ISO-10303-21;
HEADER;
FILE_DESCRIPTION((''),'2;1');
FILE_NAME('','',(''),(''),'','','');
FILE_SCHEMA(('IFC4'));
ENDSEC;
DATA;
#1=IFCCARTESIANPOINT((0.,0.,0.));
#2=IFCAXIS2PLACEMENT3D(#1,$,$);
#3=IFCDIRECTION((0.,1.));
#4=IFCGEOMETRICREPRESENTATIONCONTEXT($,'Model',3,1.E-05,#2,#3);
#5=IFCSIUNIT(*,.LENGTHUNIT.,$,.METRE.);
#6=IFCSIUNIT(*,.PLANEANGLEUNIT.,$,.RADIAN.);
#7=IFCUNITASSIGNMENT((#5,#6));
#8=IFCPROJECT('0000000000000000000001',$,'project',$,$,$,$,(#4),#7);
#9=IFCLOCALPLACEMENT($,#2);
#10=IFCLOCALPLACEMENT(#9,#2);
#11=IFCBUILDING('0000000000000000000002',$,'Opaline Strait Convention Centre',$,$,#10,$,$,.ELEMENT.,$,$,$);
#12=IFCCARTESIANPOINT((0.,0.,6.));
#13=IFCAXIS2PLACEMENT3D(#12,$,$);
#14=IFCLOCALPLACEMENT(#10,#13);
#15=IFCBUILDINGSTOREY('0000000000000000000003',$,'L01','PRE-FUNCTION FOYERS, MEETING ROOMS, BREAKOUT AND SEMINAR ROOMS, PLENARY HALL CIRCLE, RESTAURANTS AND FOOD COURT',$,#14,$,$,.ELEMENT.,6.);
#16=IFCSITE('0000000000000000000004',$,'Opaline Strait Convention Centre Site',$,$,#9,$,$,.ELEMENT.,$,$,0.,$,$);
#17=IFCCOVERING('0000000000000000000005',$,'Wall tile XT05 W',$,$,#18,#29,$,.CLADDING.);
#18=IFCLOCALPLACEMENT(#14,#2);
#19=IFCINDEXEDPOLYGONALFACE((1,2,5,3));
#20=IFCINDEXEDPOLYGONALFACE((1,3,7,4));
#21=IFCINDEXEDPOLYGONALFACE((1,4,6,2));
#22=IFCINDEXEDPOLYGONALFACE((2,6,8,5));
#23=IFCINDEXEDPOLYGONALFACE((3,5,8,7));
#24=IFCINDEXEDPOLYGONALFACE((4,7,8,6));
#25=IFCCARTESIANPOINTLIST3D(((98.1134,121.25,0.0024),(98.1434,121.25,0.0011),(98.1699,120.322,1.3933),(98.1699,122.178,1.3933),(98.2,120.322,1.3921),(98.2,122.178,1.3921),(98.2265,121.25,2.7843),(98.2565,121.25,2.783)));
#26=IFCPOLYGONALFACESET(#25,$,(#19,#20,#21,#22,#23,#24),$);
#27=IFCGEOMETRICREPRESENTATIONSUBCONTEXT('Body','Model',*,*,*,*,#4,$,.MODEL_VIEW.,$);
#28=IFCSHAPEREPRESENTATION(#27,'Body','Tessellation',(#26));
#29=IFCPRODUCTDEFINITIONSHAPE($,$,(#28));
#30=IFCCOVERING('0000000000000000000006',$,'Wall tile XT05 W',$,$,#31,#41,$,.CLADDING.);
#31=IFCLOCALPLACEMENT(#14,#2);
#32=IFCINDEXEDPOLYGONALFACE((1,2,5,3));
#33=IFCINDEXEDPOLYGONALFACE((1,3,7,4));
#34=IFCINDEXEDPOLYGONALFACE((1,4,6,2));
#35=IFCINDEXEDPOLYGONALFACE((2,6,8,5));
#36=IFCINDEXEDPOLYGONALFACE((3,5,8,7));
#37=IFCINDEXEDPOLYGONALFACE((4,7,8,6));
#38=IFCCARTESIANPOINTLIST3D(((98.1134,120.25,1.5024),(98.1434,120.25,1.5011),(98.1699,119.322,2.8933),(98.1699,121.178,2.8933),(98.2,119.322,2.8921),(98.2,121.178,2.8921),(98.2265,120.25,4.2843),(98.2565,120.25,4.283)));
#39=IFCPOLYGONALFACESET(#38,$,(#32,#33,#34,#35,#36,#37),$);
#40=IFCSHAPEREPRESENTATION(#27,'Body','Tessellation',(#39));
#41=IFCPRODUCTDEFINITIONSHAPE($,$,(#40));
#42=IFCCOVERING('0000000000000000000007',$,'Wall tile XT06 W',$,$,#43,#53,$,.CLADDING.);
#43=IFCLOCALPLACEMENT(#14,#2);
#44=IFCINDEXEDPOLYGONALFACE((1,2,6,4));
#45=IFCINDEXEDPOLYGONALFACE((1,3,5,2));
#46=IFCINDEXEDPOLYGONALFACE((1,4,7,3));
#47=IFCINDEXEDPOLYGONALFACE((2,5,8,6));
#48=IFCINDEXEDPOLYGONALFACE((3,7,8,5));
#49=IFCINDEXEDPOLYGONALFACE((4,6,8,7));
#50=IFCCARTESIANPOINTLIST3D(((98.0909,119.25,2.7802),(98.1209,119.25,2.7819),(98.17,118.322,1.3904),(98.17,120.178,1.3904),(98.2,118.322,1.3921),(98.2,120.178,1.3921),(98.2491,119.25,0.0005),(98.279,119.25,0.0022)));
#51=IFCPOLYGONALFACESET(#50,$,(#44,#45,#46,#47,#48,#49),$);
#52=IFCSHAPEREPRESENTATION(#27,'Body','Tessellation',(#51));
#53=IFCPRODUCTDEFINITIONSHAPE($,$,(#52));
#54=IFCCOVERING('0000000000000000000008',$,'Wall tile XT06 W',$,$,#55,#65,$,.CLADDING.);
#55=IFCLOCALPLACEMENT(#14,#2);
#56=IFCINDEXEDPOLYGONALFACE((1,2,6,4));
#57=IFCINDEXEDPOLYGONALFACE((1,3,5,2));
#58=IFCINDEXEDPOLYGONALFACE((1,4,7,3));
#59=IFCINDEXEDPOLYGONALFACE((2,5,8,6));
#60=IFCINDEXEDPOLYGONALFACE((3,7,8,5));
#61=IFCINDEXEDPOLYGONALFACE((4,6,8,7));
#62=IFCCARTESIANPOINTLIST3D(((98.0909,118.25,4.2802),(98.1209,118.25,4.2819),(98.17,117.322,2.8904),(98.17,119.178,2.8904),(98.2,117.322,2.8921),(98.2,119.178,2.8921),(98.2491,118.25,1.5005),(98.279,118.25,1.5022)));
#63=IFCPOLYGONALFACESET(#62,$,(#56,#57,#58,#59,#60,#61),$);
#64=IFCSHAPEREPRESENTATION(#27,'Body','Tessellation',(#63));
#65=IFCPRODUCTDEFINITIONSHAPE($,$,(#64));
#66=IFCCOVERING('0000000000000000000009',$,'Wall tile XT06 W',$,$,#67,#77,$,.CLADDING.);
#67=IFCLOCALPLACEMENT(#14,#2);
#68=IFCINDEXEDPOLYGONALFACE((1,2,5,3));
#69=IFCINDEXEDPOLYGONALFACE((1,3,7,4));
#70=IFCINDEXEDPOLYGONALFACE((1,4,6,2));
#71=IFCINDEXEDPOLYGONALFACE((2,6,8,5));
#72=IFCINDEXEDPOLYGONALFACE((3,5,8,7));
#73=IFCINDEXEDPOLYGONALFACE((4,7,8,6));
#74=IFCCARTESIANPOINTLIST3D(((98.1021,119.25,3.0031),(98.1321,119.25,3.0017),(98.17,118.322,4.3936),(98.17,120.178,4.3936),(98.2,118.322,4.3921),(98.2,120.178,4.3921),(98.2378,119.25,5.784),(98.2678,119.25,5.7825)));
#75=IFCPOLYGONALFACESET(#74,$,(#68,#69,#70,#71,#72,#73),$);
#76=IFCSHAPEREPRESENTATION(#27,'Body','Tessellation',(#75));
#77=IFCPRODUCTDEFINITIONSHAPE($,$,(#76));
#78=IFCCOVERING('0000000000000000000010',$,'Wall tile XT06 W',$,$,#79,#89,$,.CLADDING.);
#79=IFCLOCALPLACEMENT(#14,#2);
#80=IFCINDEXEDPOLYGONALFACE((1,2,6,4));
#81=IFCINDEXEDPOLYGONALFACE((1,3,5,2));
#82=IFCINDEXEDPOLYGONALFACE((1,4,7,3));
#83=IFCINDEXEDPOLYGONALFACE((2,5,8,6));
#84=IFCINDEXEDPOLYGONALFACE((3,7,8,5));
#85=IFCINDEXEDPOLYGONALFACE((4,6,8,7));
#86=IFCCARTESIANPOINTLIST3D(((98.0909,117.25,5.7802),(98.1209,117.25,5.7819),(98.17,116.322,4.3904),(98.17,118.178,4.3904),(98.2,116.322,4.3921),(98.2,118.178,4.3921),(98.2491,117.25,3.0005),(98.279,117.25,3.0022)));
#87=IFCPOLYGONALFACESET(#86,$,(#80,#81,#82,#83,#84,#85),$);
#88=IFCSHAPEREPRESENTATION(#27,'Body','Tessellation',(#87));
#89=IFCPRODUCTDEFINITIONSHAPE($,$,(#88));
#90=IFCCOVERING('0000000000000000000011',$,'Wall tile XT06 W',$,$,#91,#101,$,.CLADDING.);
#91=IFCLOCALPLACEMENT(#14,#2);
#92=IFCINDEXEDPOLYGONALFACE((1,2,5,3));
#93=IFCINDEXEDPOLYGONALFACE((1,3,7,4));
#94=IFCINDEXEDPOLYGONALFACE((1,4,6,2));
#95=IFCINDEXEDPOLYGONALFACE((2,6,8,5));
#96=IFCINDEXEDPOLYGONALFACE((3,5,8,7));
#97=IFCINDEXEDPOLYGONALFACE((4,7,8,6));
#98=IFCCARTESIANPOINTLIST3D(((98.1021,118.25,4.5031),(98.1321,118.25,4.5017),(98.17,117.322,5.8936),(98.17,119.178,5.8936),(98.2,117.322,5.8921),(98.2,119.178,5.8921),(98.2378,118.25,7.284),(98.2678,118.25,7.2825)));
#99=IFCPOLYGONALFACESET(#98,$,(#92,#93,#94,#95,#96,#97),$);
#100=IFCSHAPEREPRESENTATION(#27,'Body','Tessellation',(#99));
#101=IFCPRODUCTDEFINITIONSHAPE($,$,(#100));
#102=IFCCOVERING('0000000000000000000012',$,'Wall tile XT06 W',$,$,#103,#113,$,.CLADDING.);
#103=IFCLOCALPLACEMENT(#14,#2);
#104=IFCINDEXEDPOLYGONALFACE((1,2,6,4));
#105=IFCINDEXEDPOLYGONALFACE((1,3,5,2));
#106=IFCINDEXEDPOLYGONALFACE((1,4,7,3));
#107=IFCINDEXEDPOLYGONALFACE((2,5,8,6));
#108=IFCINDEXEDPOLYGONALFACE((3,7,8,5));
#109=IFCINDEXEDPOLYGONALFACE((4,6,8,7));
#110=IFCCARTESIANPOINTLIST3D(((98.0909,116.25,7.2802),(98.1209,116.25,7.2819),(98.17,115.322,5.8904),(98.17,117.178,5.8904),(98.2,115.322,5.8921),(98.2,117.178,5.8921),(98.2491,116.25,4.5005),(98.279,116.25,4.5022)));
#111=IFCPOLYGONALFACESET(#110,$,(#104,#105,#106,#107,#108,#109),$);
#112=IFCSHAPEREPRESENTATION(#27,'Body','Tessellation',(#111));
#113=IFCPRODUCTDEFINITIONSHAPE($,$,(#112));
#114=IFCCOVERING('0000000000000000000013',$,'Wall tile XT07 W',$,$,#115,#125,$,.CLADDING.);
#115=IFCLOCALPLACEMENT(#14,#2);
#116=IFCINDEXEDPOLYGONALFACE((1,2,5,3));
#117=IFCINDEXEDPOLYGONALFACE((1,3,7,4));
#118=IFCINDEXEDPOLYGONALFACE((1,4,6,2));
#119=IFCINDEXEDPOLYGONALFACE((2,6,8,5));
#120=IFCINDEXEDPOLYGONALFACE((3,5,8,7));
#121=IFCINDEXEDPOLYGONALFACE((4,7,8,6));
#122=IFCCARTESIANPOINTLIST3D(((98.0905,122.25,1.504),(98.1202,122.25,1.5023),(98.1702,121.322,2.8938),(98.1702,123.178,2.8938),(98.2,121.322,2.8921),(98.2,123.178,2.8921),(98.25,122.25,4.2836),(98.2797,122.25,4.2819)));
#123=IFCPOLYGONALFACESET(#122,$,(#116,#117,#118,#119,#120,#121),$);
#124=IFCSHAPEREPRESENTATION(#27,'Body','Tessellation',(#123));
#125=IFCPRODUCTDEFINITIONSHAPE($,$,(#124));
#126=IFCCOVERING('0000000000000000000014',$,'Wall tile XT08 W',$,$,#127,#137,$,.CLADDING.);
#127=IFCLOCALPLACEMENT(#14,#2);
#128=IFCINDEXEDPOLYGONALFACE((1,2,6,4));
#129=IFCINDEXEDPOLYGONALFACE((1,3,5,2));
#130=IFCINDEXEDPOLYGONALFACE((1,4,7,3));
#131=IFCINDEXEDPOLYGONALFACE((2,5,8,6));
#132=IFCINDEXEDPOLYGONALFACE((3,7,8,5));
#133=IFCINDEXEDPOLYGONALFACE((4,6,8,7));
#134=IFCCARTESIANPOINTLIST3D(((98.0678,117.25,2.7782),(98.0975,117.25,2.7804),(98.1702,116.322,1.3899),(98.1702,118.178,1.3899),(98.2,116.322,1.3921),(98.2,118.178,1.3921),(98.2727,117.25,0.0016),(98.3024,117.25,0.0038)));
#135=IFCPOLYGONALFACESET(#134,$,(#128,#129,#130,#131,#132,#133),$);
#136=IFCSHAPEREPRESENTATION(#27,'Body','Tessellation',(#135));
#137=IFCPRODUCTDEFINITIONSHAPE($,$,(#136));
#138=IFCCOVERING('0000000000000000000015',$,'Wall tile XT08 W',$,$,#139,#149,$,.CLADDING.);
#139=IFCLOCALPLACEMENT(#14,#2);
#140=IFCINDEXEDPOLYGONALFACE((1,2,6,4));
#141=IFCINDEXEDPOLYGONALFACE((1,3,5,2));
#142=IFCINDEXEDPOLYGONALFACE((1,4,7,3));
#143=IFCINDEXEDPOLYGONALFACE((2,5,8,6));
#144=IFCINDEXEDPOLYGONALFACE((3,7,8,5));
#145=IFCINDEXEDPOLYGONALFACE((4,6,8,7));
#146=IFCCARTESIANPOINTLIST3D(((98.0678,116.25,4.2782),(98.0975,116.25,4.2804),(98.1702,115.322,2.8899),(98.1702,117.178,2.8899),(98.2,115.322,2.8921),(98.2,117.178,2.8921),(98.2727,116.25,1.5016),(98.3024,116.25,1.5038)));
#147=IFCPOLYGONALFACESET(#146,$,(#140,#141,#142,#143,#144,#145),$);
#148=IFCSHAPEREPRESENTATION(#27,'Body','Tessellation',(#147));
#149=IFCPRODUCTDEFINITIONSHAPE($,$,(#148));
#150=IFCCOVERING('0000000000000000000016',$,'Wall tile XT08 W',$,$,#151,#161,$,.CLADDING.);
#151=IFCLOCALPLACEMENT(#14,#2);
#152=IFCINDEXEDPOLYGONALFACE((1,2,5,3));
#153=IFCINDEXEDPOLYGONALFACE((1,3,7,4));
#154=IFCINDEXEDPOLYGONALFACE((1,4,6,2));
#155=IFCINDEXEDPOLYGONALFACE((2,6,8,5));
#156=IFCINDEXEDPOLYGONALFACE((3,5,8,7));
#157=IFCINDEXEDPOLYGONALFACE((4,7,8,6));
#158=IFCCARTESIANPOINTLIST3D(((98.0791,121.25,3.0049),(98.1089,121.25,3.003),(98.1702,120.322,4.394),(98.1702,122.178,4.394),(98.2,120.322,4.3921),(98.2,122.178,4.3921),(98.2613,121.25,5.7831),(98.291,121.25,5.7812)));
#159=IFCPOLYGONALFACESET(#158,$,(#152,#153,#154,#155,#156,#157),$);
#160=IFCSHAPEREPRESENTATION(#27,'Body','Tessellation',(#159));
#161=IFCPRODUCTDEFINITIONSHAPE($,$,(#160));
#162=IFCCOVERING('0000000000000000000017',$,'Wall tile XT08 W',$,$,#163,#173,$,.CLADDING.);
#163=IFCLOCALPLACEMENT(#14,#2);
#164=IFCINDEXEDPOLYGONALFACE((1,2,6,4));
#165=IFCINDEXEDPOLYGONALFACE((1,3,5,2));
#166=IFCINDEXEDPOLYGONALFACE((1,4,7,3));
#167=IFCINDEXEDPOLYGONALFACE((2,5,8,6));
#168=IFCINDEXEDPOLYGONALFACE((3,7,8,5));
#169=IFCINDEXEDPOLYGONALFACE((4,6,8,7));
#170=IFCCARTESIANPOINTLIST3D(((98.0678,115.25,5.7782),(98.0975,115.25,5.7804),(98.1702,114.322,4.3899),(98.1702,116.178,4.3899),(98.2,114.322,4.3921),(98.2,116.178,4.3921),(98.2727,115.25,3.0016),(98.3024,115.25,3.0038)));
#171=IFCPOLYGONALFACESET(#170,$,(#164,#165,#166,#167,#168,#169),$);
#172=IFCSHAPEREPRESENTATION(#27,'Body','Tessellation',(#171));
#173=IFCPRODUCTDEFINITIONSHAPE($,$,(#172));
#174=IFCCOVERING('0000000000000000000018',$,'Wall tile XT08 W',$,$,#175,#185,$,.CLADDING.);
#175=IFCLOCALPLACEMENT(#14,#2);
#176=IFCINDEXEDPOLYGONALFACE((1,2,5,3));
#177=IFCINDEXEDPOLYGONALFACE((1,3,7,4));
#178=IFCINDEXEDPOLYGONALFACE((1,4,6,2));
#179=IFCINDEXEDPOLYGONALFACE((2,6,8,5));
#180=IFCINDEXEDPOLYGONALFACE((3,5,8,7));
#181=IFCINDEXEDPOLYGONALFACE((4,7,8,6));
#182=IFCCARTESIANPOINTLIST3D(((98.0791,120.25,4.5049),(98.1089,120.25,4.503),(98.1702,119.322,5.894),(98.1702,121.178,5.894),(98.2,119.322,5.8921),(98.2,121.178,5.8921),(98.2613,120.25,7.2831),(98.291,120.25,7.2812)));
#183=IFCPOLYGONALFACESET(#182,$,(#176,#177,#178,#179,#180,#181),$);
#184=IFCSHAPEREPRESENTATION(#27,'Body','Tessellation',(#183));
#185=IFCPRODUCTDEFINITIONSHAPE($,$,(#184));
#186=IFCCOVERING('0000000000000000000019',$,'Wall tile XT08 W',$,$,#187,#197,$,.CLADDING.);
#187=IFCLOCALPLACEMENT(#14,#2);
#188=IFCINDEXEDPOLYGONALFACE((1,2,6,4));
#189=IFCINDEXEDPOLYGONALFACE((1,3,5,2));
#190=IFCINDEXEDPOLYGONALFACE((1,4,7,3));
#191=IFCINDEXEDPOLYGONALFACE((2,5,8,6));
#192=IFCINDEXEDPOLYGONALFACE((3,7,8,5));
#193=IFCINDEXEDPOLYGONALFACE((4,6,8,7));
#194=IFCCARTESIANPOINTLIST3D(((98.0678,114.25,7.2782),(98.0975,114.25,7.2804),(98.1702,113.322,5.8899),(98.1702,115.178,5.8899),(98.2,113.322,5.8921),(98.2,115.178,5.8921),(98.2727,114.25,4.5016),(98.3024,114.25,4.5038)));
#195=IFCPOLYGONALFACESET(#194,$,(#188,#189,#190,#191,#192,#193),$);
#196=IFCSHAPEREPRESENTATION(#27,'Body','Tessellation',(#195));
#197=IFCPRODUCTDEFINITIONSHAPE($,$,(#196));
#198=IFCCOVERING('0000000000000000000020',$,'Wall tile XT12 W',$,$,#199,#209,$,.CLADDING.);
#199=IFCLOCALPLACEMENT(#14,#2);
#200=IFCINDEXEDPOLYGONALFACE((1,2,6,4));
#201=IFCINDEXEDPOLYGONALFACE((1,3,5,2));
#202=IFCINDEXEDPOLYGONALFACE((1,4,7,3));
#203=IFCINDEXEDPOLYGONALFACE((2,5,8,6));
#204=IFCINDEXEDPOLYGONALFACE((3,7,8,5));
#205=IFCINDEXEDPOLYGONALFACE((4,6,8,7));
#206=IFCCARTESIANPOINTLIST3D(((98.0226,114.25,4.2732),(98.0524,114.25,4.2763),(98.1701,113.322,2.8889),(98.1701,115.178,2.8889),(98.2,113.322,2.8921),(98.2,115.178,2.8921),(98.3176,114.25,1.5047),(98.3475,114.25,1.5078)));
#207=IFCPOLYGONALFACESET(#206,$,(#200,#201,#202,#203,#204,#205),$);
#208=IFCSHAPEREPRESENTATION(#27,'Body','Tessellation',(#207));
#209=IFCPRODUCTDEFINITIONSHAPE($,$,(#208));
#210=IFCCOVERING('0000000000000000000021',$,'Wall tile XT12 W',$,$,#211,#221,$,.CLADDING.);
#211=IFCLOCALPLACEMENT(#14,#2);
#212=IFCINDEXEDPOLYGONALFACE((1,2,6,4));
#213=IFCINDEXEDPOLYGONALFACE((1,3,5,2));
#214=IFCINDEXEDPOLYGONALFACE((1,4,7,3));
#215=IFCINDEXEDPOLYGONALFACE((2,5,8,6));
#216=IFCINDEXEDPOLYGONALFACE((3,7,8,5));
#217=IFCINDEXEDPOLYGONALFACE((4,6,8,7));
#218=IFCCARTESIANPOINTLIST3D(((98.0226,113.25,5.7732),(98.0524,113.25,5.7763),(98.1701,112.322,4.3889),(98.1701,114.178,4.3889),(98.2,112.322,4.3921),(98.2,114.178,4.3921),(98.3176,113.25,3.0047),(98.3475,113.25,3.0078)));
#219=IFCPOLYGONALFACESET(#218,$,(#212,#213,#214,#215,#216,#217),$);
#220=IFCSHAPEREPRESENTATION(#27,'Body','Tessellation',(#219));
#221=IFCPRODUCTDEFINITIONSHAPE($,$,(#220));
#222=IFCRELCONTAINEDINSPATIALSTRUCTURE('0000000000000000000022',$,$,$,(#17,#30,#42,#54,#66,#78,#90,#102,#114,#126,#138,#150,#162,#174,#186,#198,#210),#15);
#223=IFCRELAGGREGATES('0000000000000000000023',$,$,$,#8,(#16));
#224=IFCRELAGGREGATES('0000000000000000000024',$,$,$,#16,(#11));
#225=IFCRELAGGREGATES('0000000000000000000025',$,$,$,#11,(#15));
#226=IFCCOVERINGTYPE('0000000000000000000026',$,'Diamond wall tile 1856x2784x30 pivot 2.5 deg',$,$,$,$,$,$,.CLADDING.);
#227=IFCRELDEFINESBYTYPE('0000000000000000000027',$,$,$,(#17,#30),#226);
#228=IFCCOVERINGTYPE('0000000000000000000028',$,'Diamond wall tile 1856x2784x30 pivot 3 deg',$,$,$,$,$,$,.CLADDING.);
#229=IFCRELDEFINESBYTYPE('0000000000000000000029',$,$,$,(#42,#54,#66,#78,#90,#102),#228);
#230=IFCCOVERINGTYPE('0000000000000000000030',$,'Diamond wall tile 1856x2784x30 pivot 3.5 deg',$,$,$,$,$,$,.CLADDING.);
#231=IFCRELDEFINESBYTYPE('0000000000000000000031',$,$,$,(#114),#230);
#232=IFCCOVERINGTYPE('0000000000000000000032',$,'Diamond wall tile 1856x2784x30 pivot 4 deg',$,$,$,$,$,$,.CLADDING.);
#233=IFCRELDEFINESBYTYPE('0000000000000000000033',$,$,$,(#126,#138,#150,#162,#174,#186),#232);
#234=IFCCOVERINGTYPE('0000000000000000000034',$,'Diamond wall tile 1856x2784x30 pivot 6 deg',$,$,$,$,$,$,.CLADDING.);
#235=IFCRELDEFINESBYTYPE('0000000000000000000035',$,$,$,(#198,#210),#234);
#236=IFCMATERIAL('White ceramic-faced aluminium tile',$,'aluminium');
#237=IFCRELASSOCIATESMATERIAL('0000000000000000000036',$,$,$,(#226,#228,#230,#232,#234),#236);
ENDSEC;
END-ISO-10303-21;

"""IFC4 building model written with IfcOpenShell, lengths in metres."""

from ifc_helpers import new_model, si_unit, direction, frame, origin, place, context, subcontext, project, spatial, polyline, outline, extrude, material, material_profile, profile_set, type_object, element, save


model = new_model("IFC4")

# Units and contexts
model_context = context("Model", 3, precision=1e-05, world=origin(), true_north=direction((0.0, 1.0)))
body_context = subcontext(model_context, "Body", "Model", "MODEL_VIEW")
ifc_project = project(units=[si_unit("LENGTHUNIT", "METRE"), si_unit("PLANEANGLEUNIT", "RADIAN")], contexts=[model_context])

# Site, building, storey
site_placement = place(None, origin())
site = spatial("IfcSite", under=ifc_project, at=site_placement, Name="Opaline Strait Convention Centre Site", CompositionType="ELEMENT", RefElevation=0.0)
building_placement = place(site_placement, origin())
building = spatial("IfcBuilding", under=site, at=building_placement, Name="Opaline Strait Convention Centre", CompositionType="ELEMENT")
storey_placement = place(building_placement, frame((0.0, 0.0, 6.0)))
storey = spatial("IfcBuildingStorey", under=building, at=storey_placement, Name="L01", Description="PRE-FUNCTION FOYERS, MEETING ROOMS, BREAKOUT AND SEMINAR ROOMS, PLENARY HALL CIRCLE, RESTAURANTS AND FOOD COURT", CompositionType="ELEMENT", Elevation=6.0)

# Coverings
ifc_material = material(Name="White ceramic-faced aluminium tile", Category="aluminium")
ifc_material_profile_1 = material_profile(ifc_material, outline(polyline([(0.928, 0.0), (0.0, 1.3921), (-0.928, 0.0), (0.0, -1.3921), (0.928, 0.0)])), Name="Diamond tile 1856x2784")
ifc_profile_set_1 = profile_set([ifc_material_profile_1], Name="White ceramic-faced aluminium tile")
covering_type_1 = type_object("IfcCoveringType", Name="Diamond wall tile 1856x2784x30 pivot 2.5 deg", PredefinedType="CLADDING", material=ifc_profile_set_1)
for number, where, z_axis, x_axis, name in (
    (1, (98.2, 121.25, 1.3921), (-0.999175, 0.0, 0.040617), (0.0, -1.0, 0.0), "Wall tile XT05 W"),
    (2, (98.2, 120.25, 2.8921), (-0.999175, 0.0, 0.040617), (0.0, -1.0, 0.0), "Wall tile XT05 W"),
):
    element("IfcCovering", number, at=place(storey_placement, frame(where, z_axis=z_axis, x_axis=x_axis)), inside=storey, type_object=covering_type_1, Name=name, PredefinedType="CLADDING", context=body_context, shape_type="SweptSolid", body=[
        extrude(outline(polyline([(0.928, 0.0), (0.0, 1.3921), (-0.928, 0.0), (0.0, -1.3921), (0.928, 0.0)])), origin(), (0.0, 0.0, 1.0), 0.03),
    ])
ifc_material_profile_2 = material_profile(ifc_material, outline(polyline([(0.928, 0.0), (0.0, 1.3921), (-0.928, 0.0), (0.0, -1.3921), (0.928, 0.0)])), Name="Diamond tile 1856x2784")
ifc_profile_set_2 = profile_set([ifc_material_profile_2], Name="White ceramic-faced aluminium tile")
covering_type_2 = type_object("IfcCoveringType", Name="Diamond wall tile 1856x2784x30 pivot 3 deg", PredefinedType="CLADDING", material=ifc_profile_set_2)
for number, where, z_axis, x_axis, name in (
    (3, (98.2, 119.25, 1.3921), (-0.998385, 0.0, -0.056819), (0.0, -1.0, 0.0), "Wall tile XT06 W"),
    (4, (98.2, 118.25, 2.8921), (-0.998385, 0.0, -0.056819), (0.0, -1.0, 0.0), "Wall tile XT06 W"),
    (5, (98.2, 119.25, 4.3921), (-0.998812, 0.0, 0.048723), (0.0, -1.0, 0.0), "Wall tile XT06 W"),
    (6, (98.2, 117.25, 4.3921), (-0.998385, 0.0, -0.056819), (0.0, -1.0, 0.0), "Wall tile XT06 W"),
    (7, (98.2, 118.25, 5.8921), (-0.998812, 0.0, 0.048723), (0.0, -1.0, 0.0), "Wall tile XT06 W"),
    (8, (98.2, 116.25, 5.8921), (-0.998385, 0.0, -0.056819), (0.0, -1.0, 0.0), "Wall tile XT06 W"),
):
    element("IfcCovering", number, at=place(storey_placement, frame(where, z_axis=z_axis, x_axis=x_axis)), inside=storey, type_object=covering_type_2, Name=name, PredefinedType="CLADDING", context=body_context, shape_type="SweptSolid", body=[
        extrude(outline(polyline([(0.928, 0.0), (0.0, 1.3921), (-0.928, 0.0), (0.0, -1.3921), (0.928, 0.0)])), origin(), (0.0, 0.0, 1.0), 0.03),
    ])
ifc_material_profile_3 = material_profile(ifc_material, outline(polyline([(0.928, 0.0), (0.0, 1.3921), (-0.928, 0.0), (0.0, -1.3921), (0.928, 0.0)])), Name="Diamond tile 1856x2784")
ifc_profile_set_3 = profile_set([ifc_material_profile_3], Name="White ceramic-faced aluminium tile")
covering_type_3 = type_object("IfcCoveringType", Name="Diamond wall tile 1856x2784x30 pivot 3.5 deg", PredefinedType="CLADDING", material=ifc_profile_set_3)
covering_1_placement = place(storey_placement, frame((98.2, 122.25, 2.8921), z_axis=(-0.998358, 0.0, 0.057283), x_axis=(0.0, -1.0, 0.0)))
element("IfcCovering", 9, at=covering_1_placement, inside=storey, type_object=covering_type_3, Name="Wall tile XT07 W", PredefinedType="CLADDING", context=body_context, shape_type="SweptSolid", body=[
    extrude(outline(polyline([(0.928, 0.0), (0.0, 1.3921), (-0.928, 0.0), (0.0, -1.3921), (0.928, 0.0)])), origin(), (0.0, 0.0, 1.0), 0.0298),
])
ifc_material_profile_4 = material_profile(ifc_material, outline(polyline([(0.928, 0.0), (0.0, 1.3921), (-0.928, 0.0), (0.0, -1.3921), (0.928, 0.0)])), Name="Diamond tile 1856x2784")
ifc_profile_set_4 = profile_set([ifc_material_profile_4], Name="White ceramic-faced aluminium tile")
covering_type_4 = type_object("IfcCoveringType", Name="Diamond wall tile 1856x2784x30 pivot 4 deg", PredefinedType="CLADDING", material=ifc_profile_set_4)
for number, where, z_axis, x_axis, name in (
    (10, (98.2, 117.25, 1.3921), (-0.99729, 0.0, -0.073571), (0.0, -1.0, 0.0), "Wall tile XT08 W"),
    (11, (98.2, 116.25, 2.8921), (-0.99729, 0.0, -0.073571), (0.0, -1.0, 0.0), "Wall tile XT08 W"),
    (12, (98.2, 121.25, 4.3921), (-0.997857, 0.0, 0.065433), (0.0, -1.0, 0.0), "Wall tile XT08 W"),
    (13, (98.2, 115.25, 4.3921), (-0.99729, 0.0, -0.073571), (0.0, -1.0, 0.0), "Wall tile XT08 W"),
    (14, (98.2, 120.25, 5.8921), (-0.997857, 0.0, 0.065433), (0.0, -1.0, 0.0), "Wall tile XT08 W"),
    (15, (98.2, 114.25, 5.8921), (-0.99729, 0.0, -0.073571), (0.0, -1.0, 0.0), "Wall tile XT08 W"),
):
    element("IfcCovering", number, at=place(storey_placement, frame(where, z_axis=z_axis, x_axis=x_axis)), inside=storey, type_object=covering_type_4, Name=name, PredefinedType="CLADDING", context=body_context, shape_type="SweptSolid", body=[
        extrude(outline(polyline([(0.928, 0.0), (0.0, 1.3921), (-0.928, 0.0), (0.0, -1.3921), (0.928, 0.0)])), origin(), (0.0, 0.0, 1.0), 0.0298),
    ])
ifc_material_profile_5 = material_profile(ifc_material, outline(polyline([(0.928, 0.0), (0.0, 1.3921), (-0.928, 0.0), (0.0, -1.3921), (0.928, 0.0)])), Name="Diamond tile 1856x2784")
ifc_profile_set_5 = profile_set([ifc_material_profile_5], Name="White ceramic-faced aluminium tile")
covering_type_5 = type_object("IfcCoveringType", Name="Diamond wall tile 1856x2784x30 pivot 6 deg", PredefinedType="CLADDING", material=ifc_profile_set_5)
for number, where, z_axis, x_axis, name in (
    (16, (98.2, 114.25, 2.8921), (-0.994371, 0.0, -0.105958), (0.0, -1.0, 0.0), "Wall tile XT12 W"),
    (17, (98.2, 113.25, 4.3921), (-0.994371, 0.0, -0.105958), (0.0, -1.0, 0.0), "Wall tile XT12 W"),
):
    element("IfcCovering", number, at=place(storey_placement, frame(where, z_axis=z_axis, x_axis=x_axis)), inside=storey, type_object=covering_type_5, Name=name, PredefinedType="CLADDING", context=body_context, shape_type="SweptSolid", body=[
        extrude(outline(polyline([(0.928, 0.0), (0.0, 1.3921), (-0.928, 0.0), (0.0, -1.3921), (0.928, 0.0)])), origin(), (0.0, 0.0, 1.0), 0.03),
    ])

save(model, "model.ifc")
